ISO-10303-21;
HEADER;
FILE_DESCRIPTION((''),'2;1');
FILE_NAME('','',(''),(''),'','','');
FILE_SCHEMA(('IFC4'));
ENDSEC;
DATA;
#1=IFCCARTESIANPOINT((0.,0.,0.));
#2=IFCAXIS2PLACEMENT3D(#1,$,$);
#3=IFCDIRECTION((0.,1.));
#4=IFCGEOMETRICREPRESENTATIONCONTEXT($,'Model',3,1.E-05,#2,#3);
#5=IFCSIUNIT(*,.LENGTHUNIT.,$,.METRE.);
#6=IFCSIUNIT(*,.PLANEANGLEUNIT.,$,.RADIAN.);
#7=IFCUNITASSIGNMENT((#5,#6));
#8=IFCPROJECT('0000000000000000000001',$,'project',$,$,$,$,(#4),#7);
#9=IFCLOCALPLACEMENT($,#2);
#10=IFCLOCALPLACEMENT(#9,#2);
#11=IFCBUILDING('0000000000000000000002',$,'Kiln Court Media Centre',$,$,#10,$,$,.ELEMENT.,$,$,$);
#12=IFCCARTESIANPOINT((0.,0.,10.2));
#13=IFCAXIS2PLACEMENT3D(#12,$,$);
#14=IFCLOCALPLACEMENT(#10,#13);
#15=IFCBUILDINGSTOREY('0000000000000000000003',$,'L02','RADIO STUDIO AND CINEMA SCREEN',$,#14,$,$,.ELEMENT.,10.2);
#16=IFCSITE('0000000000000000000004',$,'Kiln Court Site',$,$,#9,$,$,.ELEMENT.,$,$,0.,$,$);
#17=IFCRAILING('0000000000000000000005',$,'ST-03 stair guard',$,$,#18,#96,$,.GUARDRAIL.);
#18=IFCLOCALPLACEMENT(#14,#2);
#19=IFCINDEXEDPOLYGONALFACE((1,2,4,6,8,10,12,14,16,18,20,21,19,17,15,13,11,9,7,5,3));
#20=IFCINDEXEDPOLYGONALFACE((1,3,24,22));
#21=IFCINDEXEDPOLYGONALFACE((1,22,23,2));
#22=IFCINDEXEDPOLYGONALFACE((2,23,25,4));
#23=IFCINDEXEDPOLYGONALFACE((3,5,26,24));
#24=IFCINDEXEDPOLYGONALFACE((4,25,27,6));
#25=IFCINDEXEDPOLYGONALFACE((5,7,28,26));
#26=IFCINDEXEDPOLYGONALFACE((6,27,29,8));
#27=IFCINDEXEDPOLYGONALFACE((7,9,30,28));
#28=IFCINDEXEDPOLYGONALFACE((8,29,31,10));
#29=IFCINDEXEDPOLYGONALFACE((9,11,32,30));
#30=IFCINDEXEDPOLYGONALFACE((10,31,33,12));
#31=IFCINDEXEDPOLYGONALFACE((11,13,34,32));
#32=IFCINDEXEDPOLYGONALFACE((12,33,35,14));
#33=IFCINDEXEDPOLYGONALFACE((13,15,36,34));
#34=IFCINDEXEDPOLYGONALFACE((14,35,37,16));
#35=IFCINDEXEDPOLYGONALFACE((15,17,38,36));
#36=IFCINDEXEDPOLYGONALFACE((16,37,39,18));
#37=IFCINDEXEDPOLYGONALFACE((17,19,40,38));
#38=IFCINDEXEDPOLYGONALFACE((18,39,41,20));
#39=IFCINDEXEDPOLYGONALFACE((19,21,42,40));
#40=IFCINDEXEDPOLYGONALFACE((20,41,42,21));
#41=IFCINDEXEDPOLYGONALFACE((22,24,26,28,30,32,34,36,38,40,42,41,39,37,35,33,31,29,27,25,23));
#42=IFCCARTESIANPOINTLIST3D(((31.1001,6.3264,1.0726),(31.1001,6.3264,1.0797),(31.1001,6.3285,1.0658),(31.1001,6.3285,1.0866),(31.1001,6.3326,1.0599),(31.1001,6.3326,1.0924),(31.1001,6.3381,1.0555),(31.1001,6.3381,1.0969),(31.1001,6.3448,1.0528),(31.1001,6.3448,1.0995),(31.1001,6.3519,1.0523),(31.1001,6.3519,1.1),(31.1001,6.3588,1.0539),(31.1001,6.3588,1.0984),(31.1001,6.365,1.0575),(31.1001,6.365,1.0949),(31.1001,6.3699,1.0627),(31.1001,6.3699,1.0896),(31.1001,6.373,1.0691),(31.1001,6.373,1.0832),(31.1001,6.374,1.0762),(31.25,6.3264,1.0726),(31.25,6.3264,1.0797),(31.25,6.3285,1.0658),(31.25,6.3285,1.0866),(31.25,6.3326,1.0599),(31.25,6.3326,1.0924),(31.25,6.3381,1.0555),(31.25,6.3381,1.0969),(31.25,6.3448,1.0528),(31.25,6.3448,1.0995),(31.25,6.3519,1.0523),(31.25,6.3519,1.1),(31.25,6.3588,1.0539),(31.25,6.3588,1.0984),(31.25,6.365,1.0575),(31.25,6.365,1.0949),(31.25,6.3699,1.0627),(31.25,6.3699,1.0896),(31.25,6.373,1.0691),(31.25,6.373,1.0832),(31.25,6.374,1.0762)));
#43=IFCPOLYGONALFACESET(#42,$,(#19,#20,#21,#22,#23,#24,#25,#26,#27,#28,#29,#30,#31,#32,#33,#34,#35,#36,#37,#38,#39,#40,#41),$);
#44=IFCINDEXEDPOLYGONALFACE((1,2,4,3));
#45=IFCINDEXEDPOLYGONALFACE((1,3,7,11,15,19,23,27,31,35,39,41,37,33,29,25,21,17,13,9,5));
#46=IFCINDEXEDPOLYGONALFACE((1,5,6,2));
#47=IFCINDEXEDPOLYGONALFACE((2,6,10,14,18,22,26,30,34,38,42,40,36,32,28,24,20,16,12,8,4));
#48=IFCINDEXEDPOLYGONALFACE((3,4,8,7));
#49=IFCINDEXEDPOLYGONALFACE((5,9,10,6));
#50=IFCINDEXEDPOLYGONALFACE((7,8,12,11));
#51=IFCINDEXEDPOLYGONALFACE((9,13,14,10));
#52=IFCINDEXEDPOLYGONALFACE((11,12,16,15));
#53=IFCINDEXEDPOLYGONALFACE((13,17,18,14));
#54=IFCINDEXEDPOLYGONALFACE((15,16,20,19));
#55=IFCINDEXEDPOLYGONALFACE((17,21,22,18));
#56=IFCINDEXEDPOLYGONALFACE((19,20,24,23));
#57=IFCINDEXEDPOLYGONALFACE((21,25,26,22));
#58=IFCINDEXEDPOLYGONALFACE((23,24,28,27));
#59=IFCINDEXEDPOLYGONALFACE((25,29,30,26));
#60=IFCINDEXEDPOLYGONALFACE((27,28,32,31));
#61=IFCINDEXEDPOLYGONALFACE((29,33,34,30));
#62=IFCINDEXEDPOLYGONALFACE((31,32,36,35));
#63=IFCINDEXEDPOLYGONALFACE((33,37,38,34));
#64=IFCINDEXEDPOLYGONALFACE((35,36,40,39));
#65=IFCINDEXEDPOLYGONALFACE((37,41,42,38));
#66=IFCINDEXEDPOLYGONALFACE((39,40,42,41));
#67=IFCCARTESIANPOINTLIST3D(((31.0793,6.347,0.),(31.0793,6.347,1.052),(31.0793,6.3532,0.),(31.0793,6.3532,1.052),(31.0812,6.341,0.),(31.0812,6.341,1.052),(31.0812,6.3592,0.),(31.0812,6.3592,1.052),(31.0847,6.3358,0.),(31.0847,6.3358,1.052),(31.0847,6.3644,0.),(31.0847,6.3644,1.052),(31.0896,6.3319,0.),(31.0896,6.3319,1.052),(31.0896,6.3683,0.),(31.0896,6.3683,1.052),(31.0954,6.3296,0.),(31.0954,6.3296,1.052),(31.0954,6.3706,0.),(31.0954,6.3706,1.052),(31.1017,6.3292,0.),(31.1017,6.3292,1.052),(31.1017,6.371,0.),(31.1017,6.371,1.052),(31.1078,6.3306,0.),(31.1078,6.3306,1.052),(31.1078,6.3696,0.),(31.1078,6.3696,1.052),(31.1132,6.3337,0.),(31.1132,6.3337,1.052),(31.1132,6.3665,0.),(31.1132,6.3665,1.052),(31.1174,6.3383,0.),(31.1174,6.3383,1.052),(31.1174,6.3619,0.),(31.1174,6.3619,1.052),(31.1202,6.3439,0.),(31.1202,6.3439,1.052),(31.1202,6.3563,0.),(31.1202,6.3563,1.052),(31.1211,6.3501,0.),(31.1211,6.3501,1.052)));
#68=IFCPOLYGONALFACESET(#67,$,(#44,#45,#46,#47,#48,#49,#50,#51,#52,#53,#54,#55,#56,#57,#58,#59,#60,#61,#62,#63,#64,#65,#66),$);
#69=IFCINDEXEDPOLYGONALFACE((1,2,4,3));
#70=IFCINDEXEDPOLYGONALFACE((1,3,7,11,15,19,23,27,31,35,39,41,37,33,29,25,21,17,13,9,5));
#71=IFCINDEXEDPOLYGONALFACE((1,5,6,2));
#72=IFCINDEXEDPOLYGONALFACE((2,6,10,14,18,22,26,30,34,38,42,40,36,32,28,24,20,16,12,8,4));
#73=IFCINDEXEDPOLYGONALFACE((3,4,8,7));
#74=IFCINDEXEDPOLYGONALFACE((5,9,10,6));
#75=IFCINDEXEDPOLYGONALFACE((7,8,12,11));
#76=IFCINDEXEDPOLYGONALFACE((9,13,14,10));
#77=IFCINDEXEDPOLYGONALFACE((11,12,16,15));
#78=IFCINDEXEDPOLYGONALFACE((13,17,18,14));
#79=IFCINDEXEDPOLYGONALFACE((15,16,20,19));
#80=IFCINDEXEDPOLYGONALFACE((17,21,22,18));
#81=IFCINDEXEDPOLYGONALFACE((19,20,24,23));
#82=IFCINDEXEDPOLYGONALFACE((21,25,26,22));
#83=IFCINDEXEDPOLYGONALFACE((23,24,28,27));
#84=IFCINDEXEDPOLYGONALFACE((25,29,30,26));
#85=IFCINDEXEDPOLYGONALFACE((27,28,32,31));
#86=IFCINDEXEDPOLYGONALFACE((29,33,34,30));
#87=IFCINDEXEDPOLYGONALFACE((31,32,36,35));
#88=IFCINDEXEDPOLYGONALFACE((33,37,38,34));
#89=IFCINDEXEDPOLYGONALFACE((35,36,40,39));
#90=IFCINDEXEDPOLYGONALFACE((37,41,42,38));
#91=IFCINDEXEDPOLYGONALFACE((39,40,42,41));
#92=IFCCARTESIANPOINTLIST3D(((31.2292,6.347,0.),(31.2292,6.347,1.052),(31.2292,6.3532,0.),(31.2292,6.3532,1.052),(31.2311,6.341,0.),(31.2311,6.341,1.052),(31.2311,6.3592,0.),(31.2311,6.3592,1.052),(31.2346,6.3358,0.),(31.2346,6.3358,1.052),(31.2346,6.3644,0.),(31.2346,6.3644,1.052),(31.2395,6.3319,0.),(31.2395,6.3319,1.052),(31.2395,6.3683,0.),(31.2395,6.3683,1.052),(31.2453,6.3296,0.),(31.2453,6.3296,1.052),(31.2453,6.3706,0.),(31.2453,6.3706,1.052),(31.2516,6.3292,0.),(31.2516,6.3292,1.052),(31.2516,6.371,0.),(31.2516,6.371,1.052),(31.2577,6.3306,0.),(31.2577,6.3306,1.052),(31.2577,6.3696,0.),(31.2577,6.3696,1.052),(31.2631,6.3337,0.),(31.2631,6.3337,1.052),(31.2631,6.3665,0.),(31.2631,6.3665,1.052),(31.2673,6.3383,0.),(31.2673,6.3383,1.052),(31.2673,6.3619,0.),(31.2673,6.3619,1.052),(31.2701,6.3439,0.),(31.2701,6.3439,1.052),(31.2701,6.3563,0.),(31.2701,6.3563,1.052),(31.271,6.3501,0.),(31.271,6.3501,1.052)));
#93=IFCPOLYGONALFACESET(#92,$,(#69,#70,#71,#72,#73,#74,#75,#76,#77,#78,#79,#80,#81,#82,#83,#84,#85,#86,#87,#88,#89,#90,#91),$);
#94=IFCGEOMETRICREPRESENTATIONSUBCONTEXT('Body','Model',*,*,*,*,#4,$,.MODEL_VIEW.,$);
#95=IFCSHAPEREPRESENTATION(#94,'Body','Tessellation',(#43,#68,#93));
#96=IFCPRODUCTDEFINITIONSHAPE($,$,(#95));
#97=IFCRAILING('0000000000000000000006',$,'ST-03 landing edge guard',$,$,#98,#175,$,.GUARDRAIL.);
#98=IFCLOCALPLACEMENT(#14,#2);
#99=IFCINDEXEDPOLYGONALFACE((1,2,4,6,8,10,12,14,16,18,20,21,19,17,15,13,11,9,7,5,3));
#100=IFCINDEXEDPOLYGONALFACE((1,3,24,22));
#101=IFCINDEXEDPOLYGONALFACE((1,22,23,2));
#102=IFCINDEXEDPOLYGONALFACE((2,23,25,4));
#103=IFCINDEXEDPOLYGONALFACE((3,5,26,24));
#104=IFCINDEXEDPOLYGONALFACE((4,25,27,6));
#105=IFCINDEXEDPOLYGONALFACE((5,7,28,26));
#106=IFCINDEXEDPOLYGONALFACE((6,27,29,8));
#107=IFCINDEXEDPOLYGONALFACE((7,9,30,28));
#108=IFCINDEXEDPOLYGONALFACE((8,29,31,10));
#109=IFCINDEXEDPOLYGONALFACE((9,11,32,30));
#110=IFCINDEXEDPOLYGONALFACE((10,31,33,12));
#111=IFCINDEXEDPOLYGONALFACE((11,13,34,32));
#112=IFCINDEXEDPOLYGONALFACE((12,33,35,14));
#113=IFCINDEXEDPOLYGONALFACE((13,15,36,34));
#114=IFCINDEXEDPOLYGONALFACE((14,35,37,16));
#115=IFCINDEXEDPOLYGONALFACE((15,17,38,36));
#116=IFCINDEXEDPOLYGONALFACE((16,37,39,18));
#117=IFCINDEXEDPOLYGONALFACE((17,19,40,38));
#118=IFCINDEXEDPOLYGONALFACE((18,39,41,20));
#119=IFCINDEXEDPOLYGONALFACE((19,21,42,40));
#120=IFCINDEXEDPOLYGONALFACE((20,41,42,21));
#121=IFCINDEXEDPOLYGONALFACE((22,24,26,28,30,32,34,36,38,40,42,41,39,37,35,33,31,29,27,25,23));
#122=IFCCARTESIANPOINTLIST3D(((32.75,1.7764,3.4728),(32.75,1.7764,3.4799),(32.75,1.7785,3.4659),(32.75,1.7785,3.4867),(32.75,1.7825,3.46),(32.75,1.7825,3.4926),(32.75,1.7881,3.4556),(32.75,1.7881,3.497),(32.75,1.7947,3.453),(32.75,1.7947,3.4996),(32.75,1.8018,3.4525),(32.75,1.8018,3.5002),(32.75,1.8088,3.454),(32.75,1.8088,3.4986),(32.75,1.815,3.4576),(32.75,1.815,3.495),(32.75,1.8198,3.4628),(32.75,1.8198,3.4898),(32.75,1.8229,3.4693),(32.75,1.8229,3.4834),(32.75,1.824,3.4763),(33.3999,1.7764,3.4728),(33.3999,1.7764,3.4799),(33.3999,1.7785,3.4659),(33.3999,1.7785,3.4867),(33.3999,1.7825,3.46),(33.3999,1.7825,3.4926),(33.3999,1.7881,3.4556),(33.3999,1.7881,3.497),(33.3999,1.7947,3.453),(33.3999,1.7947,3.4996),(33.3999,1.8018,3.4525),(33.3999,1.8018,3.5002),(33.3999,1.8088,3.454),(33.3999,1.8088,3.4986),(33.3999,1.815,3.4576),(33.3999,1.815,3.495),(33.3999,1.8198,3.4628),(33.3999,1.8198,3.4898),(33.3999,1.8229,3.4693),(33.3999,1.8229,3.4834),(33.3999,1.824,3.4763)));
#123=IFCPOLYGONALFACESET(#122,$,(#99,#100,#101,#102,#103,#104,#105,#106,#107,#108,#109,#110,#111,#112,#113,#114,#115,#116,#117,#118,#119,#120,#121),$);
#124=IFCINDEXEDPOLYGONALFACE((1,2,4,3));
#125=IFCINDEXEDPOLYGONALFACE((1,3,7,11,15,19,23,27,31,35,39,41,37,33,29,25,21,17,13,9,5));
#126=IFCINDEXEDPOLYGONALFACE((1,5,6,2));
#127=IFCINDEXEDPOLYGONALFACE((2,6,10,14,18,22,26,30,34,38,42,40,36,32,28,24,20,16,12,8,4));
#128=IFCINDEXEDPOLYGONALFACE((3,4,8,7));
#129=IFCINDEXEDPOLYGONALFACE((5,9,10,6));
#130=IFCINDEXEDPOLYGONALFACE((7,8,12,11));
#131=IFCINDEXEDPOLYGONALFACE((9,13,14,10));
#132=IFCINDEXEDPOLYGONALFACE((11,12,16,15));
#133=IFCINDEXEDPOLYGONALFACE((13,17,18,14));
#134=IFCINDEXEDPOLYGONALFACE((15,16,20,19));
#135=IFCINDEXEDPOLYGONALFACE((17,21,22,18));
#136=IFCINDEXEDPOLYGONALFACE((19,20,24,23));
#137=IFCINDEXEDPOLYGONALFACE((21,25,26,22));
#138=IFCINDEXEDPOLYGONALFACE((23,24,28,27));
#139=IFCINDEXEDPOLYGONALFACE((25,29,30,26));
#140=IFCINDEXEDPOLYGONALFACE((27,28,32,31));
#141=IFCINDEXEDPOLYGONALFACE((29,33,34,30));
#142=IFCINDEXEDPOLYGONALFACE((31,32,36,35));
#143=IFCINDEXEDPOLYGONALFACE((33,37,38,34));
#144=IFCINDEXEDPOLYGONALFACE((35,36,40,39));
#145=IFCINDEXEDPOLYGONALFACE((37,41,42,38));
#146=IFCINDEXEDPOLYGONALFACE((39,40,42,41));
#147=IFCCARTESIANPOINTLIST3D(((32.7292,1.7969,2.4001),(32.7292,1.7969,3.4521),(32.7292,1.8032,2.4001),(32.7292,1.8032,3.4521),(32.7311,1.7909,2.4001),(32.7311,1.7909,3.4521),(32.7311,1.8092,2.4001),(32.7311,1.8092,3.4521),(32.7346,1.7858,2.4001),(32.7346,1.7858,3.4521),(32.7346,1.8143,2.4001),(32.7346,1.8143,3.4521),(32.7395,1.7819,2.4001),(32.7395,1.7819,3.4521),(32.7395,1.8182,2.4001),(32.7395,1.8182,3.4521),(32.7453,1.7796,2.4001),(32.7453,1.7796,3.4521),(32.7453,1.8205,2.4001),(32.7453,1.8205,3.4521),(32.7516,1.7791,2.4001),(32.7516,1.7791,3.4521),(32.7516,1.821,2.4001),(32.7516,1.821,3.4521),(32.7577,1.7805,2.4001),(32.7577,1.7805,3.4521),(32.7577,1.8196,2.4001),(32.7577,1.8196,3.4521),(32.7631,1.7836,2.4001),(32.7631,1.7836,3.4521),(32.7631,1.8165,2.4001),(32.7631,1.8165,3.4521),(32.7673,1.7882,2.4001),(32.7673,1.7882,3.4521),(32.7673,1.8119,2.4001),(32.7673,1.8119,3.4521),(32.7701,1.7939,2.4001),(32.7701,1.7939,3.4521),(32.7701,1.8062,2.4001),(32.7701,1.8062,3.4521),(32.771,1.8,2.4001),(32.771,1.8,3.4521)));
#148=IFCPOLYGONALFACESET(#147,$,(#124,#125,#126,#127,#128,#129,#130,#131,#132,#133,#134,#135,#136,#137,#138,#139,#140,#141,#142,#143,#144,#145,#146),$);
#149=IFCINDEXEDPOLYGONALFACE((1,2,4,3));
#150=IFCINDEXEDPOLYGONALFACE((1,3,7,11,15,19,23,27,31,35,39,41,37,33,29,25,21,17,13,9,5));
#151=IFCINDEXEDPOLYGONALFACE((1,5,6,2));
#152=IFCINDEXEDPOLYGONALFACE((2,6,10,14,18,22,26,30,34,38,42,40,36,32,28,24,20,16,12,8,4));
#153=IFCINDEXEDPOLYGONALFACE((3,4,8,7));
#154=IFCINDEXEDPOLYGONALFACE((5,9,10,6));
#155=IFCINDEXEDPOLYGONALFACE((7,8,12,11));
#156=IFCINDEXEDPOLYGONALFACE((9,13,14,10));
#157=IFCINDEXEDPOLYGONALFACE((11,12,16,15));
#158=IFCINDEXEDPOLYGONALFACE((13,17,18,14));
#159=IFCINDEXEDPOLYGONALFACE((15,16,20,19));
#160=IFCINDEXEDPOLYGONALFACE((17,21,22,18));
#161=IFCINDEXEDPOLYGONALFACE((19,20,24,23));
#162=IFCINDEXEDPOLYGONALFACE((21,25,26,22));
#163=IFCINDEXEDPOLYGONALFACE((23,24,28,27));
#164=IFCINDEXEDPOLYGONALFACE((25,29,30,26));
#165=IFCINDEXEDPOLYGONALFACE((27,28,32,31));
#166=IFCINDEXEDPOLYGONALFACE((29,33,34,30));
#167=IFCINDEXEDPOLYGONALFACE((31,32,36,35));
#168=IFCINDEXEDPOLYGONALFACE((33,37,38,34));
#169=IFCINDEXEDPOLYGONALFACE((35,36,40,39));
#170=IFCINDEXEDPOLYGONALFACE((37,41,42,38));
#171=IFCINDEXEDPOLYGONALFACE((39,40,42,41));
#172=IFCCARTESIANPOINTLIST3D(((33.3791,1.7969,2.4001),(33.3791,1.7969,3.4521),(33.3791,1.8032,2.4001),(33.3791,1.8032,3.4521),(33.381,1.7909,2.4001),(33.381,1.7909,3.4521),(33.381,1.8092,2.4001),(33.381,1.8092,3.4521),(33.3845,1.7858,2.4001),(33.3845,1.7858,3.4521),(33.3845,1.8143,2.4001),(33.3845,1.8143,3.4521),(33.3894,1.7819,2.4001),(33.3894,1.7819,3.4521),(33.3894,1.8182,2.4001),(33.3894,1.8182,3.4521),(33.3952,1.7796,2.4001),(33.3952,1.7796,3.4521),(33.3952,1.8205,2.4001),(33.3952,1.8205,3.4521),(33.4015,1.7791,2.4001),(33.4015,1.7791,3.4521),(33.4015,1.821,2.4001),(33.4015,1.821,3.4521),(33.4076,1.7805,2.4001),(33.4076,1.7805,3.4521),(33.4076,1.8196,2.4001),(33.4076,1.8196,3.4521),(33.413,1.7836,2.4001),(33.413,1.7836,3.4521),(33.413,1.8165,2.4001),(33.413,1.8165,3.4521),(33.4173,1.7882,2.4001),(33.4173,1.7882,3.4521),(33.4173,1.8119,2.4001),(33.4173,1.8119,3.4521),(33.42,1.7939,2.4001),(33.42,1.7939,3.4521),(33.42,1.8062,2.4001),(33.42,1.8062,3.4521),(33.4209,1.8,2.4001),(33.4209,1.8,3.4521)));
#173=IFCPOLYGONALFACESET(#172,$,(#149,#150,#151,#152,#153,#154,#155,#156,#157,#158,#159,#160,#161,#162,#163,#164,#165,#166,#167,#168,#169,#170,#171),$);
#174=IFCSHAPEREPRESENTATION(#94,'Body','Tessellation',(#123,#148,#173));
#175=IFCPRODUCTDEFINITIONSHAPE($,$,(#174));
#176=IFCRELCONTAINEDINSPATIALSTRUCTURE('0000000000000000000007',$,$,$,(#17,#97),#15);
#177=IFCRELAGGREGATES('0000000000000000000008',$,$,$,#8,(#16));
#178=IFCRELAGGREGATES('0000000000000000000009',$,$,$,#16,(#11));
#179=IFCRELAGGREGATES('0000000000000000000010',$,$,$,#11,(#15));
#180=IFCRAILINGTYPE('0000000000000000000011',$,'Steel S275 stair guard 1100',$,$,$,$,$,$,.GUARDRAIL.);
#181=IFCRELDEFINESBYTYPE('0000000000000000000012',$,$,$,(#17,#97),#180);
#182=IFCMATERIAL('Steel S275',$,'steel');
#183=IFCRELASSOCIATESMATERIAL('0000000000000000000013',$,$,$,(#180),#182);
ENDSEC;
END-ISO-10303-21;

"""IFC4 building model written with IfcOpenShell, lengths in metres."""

from ifc_helpers import new_model, si_unit, direction, frame, origin, origin_2d, place, context, subcontext, project, spatial, circle, extrude, material, type_object, element, save


model = new_model("IFC4")

# Units and contexts
model_context = context("Model", 3, precision=1e-05, world=origin(), true_north=direction((0.0, 1.0)))
body_context = subcontext(model_context, "Body", "Model", "MODEL_VIEW")
ifc_project = project(units=[si_unit("LENGTHUNIT", "METRE"), si_unit("PLANEANGLEUNIT", "RADIAN")], contexts=[model_context])

# Site, building, storey
site_placement = place(None, origin())
site = spatial("IfcSite", under=ifc_project, at=site_placement, Name="Kiln Court Site", CompositionType="ELEMENT", RefElevation=0.0)
building_placement = place(site_placement, origin())
building = spatial("IfcBuilding", under=site, at=building_placement, Name="Kiln Court Media Centre", CompositionType="ELEMENT")
storey_placement = place(building_placement, frame((0.0, 0.0, 10.2)))
storey = spatial("IfcBuildingStorey", under=building, at=storey_placement, Name="L02", Description="RADIO STUDIO AND CINEMA SCREEN", CompositionType="ELEMENT", Elevation=10.2)

# Railings
ifc_material_1 = material(Name="Steel S275", Category="steel")
railing_type_1 = type_object("IfcRailingType", Name="Steel S275 stair guard 1100", PredefinedType="GUARDRAIL", material=ifc_material_1)
railing_1_placement = place(storey_placement, frame((31.1001, 6.3501, 0.0)))
element("IfcRailing", 1, at=railing_1_placement, inside=storey, type_object=railing_type_1, Name="ST-03 stair guard", PredefinedType="GUARDRAIL", context=body_context, shape_type="SweptSolid", body=[
    extrude(circle(Radius=0.0239, at=origin_2d()), frame((0.0, 0.0, 1.0762), z_axis=(1.0, 0.0, 0.0), x_axis=(0.0, 1.0, 0.0)), (0.0, 0.0, 1.0), 0.1499),
    extrude(circle(Radius=0.021, at=origin_2d()), origin(), (0.0, 0.0, 1.0), 1.052),
    extrude(circle(Radius=0.021, at=origin_2d()), frame((0.1499, 0.0, 0.0)), (0.0, 0.0, 1.0), 1.052),
])
for number, where, name in (
    (2, (32.75, 1.8, 2.4001), "ST-03 landing edge guard"),
):
    element("IfcRailing", number, at=place(storey_placement, frame(where)), inside=storey, type_object=railing_type_1, Name=name, PredefinedType="GUARDRAIL", context=body_context, shape_type="SweptSolid", body=[
        extrude(circle(Radius=0.0239, at=origin_2d()), frame((0.0, 0.0, 1.0762), z_axis=(1.0, 0.0, 0.0), x_axis=(0.0, 1.0, 0.0)), (0.0, 0.0, 1.0), 0.6499),
        extrude(circle(Radius=0.021, at=origin_2d()), origin(), (0.0, 0.0, 1.0), 1.052),
        extrude(circle(Radius=0.021, at=origin_2d()), frame((0.6499, 0.0, 0.0)), (0.0, 0.0, 1.0), 1.052),
    ])

save(model, "model.ifc")
